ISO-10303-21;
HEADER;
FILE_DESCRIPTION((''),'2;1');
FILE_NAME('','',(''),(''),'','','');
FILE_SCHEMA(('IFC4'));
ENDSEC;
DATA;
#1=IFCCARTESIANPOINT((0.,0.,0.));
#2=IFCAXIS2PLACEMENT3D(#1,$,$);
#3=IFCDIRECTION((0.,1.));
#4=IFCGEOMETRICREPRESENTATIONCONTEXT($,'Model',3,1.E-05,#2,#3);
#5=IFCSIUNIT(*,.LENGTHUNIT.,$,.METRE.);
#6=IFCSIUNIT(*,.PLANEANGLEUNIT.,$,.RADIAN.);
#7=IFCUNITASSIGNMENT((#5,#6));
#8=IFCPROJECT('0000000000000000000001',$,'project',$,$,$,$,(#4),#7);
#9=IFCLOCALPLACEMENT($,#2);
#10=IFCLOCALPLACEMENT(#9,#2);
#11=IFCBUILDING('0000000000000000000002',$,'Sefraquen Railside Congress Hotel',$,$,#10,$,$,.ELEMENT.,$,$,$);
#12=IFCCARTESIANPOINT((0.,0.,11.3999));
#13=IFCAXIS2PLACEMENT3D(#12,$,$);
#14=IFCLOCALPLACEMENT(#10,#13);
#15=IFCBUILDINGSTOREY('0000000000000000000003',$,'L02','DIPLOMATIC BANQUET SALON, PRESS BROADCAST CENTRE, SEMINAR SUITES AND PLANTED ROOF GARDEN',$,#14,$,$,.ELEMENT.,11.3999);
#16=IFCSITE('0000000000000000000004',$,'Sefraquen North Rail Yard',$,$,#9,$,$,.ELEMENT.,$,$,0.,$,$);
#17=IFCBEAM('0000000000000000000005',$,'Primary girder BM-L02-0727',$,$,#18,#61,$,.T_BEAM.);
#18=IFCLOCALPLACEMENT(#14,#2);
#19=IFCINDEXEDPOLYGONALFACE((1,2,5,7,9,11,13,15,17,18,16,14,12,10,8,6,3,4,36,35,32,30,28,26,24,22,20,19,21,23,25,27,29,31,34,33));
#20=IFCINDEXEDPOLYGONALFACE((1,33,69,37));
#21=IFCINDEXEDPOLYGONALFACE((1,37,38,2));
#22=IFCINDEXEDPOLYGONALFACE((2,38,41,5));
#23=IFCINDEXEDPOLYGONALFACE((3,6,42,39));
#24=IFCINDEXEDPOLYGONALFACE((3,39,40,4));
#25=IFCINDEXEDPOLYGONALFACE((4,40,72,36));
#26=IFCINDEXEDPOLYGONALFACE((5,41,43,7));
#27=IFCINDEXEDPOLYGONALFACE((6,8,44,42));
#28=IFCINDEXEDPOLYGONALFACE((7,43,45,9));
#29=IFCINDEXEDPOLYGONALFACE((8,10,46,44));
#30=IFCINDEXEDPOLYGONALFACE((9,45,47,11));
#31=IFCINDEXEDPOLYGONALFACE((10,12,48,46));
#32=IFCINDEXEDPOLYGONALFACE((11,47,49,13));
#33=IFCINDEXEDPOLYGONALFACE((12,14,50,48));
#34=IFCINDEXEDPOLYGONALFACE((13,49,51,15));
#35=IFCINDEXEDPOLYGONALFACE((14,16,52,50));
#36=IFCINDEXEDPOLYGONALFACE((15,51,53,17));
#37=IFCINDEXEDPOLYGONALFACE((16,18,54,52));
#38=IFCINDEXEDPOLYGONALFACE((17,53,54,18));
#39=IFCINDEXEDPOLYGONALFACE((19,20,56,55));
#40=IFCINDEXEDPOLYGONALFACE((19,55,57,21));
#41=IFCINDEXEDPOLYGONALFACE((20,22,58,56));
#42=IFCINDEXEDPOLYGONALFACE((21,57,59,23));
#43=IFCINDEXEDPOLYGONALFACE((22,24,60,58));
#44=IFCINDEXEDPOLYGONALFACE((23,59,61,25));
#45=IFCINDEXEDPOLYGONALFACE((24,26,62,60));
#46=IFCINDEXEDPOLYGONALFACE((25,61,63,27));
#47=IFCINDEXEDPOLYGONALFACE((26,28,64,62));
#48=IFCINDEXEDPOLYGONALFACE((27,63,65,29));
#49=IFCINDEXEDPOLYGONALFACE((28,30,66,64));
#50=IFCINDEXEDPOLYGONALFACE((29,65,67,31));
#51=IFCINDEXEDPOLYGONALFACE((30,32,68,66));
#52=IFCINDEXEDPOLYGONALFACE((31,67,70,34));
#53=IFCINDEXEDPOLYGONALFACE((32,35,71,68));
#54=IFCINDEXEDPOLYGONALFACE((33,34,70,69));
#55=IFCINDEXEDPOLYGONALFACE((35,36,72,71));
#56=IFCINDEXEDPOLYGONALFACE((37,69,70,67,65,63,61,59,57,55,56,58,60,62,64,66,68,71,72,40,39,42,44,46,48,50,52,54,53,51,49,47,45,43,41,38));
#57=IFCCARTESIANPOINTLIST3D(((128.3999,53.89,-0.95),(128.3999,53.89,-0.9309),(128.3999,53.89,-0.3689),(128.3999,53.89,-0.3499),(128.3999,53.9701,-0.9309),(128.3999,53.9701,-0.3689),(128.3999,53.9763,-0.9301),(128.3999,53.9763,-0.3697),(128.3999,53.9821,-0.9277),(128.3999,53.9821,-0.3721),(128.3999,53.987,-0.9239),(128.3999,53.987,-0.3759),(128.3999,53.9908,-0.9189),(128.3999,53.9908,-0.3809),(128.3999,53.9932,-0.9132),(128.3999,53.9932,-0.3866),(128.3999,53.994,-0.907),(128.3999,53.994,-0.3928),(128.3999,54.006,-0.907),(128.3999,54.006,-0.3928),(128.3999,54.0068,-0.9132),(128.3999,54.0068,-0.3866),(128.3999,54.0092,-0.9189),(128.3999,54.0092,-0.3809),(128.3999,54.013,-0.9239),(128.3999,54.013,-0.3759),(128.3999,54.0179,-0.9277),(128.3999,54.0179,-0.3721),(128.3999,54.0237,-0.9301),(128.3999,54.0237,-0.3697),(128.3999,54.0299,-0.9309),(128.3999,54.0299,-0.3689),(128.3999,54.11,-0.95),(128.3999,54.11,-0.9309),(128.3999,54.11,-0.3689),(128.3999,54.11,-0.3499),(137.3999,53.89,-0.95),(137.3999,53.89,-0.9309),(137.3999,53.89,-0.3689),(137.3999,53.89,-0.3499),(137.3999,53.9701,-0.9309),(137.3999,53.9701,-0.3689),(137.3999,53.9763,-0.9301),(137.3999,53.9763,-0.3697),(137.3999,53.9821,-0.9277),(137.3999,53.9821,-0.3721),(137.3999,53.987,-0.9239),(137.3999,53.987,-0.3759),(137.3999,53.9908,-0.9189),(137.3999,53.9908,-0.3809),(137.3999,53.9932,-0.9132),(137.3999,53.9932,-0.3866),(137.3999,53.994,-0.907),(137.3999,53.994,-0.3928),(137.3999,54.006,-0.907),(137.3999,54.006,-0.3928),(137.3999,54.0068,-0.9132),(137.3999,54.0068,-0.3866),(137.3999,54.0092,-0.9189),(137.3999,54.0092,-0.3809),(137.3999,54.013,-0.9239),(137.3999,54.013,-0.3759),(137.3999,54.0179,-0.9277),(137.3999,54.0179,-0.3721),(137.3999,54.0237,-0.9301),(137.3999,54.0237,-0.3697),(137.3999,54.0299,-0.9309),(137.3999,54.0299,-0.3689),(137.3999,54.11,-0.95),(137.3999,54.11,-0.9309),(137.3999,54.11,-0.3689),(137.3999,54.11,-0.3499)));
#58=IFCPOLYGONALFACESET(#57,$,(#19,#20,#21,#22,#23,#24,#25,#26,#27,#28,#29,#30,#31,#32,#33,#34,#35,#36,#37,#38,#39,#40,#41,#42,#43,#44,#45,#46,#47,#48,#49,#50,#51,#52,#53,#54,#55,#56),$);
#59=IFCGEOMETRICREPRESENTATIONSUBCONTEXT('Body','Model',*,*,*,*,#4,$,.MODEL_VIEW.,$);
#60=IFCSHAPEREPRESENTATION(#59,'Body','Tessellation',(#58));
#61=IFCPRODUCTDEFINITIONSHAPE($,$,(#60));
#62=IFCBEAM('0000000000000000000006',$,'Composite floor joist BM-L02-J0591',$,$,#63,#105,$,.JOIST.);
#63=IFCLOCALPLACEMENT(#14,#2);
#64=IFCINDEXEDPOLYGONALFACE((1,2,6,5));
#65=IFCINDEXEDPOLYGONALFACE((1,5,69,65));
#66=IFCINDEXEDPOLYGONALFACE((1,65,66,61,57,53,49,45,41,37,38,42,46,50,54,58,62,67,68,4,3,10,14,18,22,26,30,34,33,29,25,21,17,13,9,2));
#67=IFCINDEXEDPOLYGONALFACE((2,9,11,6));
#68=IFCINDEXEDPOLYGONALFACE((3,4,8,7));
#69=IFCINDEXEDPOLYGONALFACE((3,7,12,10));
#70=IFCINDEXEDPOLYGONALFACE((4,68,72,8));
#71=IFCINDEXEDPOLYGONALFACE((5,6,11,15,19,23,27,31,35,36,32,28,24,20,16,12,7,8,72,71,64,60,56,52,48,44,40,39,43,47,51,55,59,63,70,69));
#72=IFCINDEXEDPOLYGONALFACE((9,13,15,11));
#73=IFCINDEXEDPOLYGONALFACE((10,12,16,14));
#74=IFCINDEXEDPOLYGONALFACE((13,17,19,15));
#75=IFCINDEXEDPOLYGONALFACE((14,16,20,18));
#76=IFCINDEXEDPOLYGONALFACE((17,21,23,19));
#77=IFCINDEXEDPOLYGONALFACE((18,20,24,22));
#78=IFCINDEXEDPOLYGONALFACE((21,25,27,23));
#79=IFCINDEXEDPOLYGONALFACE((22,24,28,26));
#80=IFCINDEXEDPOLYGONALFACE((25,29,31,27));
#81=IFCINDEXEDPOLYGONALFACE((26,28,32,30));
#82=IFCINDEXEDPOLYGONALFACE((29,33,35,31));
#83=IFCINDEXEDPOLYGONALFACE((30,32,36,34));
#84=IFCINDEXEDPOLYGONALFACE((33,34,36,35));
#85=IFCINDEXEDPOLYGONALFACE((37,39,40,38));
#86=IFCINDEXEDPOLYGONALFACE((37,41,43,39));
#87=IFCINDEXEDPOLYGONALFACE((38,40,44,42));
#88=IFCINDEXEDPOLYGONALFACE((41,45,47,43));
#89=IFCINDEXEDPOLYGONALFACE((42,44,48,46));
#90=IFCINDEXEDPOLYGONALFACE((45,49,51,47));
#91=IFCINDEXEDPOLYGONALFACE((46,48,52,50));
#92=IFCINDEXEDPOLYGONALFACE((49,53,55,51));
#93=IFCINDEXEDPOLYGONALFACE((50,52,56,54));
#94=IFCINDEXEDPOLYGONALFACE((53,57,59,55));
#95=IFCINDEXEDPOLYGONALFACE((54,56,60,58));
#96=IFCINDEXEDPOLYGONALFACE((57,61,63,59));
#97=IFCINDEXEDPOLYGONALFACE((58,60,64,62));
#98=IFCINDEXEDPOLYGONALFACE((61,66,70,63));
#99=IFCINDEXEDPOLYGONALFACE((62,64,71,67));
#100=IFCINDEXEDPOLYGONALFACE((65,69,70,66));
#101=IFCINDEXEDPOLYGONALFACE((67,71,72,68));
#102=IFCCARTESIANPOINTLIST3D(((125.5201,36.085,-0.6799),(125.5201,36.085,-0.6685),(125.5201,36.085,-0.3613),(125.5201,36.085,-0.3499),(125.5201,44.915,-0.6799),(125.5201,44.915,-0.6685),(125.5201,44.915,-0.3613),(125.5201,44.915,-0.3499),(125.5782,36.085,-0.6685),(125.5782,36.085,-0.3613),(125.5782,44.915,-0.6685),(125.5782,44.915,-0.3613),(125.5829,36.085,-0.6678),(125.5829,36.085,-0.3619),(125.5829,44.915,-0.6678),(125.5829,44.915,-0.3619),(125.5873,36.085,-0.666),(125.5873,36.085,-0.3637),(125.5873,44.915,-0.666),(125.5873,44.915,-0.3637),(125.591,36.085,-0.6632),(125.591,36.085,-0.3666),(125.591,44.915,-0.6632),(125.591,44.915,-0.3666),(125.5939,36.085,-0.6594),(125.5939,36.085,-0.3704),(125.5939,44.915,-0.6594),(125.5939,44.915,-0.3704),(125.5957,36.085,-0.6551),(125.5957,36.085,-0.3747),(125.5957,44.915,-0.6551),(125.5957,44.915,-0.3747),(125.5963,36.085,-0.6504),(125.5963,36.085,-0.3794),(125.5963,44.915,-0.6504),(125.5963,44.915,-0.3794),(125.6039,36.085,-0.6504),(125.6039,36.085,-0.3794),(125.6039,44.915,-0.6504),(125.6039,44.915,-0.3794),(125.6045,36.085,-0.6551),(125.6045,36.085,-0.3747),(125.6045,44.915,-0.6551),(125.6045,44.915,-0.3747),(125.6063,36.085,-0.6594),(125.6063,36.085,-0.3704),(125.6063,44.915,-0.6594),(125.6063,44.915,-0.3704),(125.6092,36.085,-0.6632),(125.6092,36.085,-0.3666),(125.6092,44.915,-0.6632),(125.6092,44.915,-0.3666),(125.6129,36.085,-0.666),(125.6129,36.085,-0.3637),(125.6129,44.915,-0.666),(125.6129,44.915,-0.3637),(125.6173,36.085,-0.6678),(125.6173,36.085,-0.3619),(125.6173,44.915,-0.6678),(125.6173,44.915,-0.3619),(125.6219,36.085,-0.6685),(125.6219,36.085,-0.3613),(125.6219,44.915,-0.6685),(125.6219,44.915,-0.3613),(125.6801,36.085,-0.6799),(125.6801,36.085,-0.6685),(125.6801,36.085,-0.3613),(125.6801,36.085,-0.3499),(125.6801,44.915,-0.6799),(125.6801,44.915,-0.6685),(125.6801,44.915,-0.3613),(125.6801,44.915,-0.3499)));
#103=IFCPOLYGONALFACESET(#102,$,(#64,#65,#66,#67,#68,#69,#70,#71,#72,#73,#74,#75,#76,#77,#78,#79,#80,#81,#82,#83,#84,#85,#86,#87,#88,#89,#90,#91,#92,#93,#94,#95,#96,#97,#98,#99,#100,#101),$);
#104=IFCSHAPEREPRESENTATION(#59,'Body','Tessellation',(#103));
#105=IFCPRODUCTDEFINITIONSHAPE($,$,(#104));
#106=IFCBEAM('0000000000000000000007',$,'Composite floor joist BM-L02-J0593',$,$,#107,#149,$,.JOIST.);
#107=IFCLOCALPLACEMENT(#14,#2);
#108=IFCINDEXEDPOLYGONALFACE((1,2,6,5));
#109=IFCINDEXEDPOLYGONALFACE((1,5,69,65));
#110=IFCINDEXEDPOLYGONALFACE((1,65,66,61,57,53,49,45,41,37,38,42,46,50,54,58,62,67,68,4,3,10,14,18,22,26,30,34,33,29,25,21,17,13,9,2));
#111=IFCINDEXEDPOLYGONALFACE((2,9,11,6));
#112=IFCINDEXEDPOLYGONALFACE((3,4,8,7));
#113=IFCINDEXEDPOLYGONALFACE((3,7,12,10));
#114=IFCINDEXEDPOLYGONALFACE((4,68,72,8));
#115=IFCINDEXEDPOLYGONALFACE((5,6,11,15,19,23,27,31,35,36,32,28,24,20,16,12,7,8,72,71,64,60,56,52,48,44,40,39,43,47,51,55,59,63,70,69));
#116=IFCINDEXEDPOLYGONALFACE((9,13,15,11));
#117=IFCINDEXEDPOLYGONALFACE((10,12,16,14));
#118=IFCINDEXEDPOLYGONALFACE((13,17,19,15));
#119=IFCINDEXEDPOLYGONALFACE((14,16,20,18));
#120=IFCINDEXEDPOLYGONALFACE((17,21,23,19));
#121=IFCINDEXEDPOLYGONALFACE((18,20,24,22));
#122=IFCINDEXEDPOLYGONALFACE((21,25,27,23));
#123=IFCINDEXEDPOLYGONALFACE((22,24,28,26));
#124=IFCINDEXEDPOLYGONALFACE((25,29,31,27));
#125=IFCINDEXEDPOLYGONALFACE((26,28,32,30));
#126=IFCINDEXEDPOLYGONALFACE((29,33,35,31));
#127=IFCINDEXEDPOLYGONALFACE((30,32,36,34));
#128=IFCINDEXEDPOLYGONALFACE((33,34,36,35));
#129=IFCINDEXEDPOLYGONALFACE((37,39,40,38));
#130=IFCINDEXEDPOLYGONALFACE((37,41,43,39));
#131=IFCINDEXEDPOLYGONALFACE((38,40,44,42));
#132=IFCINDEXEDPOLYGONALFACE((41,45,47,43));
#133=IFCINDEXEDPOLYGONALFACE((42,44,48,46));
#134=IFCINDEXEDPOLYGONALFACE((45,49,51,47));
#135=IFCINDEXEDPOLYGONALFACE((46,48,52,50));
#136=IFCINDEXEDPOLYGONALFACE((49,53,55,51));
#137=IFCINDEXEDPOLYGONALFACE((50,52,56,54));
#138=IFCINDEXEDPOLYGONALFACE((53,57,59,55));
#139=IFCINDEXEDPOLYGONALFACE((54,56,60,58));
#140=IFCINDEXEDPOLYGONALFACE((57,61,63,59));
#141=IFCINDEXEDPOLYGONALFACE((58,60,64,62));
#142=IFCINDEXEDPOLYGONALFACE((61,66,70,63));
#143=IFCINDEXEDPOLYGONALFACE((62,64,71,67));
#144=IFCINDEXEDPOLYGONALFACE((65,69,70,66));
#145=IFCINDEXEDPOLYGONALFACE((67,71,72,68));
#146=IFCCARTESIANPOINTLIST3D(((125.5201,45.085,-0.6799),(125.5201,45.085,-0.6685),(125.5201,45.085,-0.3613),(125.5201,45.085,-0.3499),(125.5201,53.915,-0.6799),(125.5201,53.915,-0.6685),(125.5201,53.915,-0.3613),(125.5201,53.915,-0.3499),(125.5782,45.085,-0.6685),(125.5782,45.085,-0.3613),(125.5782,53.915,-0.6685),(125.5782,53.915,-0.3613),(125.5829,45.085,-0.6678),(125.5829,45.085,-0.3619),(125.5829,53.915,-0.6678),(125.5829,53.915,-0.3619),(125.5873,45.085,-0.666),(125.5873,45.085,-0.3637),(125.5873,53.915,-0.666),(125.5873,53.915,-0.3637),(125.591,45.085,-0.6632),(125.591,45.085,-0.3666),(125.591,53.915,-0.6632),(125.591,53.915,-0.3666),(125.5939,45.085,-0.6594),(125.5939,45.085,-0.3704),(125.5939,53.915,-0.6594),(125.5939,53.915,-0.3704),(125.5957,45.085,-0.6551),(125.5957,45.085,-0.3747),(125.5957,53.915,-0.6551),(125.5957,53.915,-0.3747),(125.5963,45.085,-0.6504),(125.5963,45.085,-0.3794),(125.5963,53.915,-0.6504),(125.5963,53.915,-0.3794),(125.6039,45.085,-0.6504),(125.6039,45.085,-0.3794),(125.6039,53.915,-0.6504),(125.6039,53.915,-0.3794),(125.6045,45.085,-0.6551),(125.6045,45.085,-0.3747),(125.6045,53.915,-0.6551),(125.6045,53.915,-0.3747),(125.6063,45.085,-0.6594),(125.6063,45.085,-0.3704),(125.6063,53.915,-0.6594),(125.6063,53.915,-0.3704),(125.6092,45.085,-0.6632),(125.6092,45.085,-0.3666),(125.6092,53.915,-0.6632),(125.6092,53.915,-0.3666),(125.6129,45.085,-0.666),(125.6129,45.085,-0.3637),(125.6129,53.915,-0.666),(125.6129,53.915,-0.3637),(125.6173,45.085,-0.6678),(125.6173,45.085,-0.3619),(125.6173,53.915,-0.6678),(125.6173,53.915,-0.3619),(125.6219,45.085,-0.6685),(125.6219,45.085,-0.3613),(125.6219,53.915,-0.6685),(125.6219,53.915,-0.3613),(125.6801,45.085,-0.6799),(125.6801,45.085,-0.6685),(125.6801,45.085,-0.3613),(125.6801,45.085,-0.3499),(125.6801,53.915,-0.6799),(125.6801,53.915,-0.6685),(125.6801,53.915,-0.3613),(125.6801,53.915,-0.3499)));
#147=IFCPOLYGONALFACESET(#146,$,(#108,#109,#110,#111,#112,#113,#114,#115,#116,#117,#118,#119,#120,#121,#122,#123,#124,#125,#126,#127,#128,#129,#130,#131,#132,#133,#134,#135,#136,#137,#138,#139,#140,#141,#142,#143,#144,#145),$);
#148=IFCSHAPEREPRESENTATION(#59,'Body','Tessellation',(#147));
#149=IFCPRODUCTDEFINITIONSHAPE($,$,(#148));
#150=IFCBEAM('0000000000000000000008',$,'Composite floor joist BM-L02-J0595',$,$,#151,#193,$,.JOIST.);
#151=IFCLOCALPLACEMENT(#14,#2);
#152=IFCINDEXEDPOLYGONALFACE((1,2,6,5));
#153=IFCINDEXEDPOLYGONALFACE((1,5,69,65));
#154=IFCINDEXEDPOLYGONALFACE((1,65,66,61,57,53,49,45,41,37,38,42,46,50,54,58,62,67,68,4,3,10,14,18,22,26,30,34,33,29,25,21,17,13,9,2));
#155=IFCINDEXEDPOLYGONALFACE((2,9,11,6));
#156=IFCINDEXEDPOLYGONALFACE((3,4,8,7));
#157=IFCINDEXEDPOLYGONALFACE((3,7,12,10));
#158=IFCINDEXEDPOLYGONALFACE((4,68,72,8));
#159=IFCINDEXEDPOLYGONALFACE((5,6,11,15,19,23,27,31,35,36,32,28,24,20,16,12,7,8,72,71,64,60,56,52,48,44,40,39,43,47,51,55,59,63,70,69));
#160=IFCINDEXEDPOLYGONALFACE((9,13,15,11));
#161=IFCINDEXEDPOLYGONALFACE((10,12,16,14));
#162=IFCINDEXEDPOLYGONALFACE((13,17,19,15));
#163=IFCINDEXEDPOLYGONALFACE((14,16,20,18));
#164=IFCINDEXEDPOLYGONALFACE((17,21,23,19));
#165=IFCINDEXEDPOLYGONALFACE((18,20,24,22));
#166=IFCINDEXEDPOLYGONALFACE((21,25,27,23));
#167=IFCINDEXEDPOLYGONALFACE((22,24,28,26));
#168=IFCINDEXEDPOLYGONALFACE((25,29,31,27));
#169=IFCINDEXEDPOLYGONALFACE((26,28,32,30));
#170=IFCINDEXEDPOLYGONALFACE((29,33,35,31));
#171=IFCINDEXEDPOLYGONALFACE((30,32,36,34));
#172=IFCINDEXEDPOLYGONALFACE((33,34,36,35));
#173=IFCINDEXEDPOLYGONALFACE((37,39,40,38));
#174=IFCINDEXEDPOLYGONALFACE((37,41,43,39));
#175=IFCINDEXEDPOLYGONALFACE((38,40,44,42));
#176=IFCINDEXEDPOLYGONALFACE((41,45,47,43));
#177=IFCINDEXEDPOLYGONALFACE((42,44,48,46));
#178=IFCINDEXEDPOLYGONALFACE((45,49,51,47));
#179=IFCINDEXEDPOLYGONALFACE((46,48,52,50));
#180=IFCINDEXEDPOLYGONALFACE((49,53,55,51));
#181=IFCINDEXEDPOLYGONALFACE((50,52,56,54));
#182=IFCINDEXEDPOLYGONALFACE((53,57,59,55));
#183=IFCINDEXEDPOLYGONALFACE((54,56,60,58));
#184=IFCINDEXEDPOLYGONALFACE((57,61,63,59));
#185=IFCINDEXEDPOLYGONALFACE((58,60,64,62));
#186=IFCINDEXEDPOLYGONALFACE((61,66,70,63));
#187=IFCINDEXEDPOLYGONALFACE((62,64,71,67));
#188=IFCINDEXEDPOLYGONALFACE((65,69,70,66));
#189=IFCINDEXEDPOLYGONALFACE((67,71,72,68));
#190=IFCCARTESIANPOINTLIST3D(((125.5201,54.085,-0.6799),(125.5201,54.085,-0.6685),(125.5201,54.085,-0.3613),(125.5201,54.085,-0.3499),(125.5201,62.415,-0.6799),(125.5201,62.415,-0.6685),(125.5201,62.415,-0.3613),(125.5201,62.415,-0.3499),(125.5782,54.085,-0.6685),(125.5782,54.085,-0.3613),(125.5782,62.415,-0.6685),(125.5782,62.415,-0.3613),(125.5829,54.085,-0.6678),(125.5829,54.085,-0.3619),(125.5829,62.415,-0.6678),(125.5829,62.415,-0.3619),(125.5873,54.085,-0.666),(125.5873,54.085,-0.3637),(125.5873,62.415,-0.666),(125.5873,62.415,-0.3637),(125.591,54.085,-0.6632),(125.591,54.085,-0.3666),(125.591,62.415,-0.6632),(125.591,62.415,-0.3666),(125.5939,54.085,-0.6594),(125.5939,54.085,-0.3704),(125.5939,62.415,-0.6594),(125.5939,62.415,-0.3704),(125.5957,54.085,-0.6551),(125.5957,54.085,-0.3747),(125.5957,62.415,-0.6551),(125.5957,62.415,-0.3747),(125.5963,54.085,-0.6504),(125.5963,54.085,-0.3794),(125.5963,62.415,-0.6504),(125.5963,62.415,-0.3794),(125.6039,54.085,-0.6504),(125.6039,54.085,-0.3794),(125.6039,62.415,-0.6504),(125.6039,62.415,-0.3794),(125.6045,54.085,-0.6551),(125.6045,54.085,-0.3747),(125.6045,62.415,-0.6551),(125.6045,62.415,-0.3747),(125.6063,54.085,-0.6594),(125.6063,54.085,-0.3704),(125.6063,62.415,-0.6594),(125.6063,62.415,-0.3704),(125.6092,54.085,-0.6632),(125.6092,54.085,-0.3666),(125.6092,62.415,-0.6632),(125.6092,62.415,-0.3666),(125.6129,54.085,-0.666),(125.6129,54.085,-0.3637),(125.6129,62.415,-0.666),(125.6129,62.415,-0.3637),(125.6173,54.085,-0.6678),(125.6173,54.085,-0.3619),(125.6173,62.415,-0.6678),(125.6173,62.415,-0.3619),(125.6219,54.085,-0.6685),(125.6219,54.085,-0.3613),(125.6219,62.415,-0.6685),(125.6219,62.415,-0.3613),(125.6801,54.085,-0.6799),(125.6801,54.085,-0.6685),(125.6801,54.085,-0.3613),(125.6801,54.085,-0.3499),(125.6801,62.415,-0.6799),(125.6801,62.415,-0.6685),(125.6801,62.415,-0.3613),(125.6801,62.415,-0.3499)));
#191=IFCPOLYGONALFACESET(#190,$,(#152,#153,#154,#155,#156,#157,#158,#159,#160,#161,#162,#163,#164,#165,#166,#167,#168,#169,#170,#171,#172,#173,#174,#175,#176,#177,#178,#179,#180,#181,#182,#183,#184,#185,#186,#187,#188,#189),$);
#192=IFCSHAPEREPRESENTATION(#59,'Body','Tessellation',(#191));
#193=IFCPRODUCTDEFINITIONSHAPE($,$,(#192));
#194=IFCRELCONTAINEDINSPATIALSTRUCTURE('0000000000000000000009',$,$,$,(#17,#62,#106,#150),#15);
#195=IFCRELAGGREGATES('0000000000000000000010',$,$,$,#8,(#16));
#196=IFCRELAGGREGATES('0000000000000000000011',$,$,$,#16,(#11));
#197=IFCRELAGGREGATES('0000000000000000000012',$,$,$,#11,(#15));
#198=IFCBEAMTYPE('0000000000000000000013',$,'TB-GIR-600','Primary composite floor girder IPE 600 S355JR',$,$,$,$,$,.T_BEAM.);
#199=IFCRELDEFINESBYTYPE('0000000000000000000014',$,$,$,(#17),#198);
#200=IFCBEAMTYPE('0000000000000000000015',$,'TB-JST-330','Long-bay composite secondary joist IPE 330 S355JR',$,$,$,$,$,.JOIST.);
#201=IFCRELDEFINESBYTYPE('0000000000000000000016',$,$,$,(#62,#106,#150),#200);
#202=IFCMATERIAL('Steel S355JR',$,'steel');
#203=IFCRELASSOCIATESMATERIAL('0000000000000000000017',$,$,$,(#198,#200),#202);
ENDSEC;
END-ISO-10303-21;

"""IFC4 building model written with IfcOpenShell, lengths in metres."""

from ifc_helpers import new_model, si_unit, direction, frame, origin, origin_2d, place, context, subcontext, project, spatial, i_section, extrude, material, material_profile, profile_set, type_object, element, save


model = new_model("IFC4")

# Units and contexts
model_context = context("Model", 3, precision=1e-05, world=origin(), true_north=direction((0.0, 1.0)))
body_context = subcontext(model_context, "Body", "Model", "MODEL_VIEW")
ifc_project = project(units=[si_unit("LENGTHUNIT", "METRE"), si_unit("PLANEANGLEUNIT", "RADIAN")], contexts=[model_context])

# Site, building, storey
site_placement = place(None, origin())
site = spatial("IfcSite", under=ifc_project, at=site_placement, Name="Sefraquen North Rail Yard", CompositionType="ELEMENT", RefElevation=0.0)
building_placement = place(site_placement, origin())
building = spatial("IfcBuilding", under=site, at=building_placement, Name="Sefraquen Railside Congress Hotel", CompositionType="ELEMENT")
storey_placement = place(building_placement, frame((0.0, 0.0, 11.3999)))
storey = spatial("IfcBuildingStorey", under=building, at=storey_placement, Name="L02", Description="DIPLOMATIC BANQUET SALON, PRESS BROADCAST CENTRE, SEMINAR SUITES AND PLANTED ROOF GARDEN", CompositionType="ELEMENT", Elevation=11.3999)

# Shared definitions
ifc_material_1 = material(Name="Steel S355JR", Category="steel")

# Beams
ifc_material_profile_1 = material_profile(ifc_material_1, i_section(OverallWidth=0.22, OverallDepth=0.6001, WebThickness=0.012, FlangeThickness=0.019, FilletRadius=0.0239, at=origin_2d()), Name="IPE 600")
ifc_profile_set_1 = profile_set([ifc_material_profile_1], Name="Steel S355JR")
beam_type_1 = type_object("IfcBeamType", Name="TB-GIR-600", Description="Primary composite floor girder IPE 600 S355JR", PredefinedType="T_BEAM", material=ifc_profile_set_1)
for number, where, z_axis, x_axis, name in (
    (1, (128.3999, 54.0, -0.6499), (1.0, 0.0, 0.0), (0.0, 1.0, 0.0), "Primary girder BM-L02-0727"),
):
    element("IfcBeam", number, at=place(storey_placement, frame(where, z_axis=z_axis, x_axis=x_axis)), inside=storey, type_object=beam_type_1, Name=name, PredefinedType="T_BEAM", context=body_context, shape_type="SweptSolid", body=[
        extrude(i_section(OverallWidth=0.22, OverallDepth=0.6001, WebThickness=0.012, FlangeThickness=0.019, FilletRadius=0.0239, at=origin_2d()), origin(), (0.0, 0.0, 1.0), 9.0),
    ])
ifc_material_profile_2 = material_profile(ifc_material_1, i_section(OverallWidth=0.1599, OverallDepth=0.3301, WebThickness=0.0076, FlangeThickness=0.0115, FilletRadius=0.0181, at=origin_2d()), Name="IPE 330")
ifc_profile_set_2 = profile_set([ifc_material_profile_2], Name="Steel S355JR")
beam_type_2 = type_object("IfcBeamType", Name="TB-JST-330", Description="Long-bay composite secondary joist IPE 330 S355JR", PredefinedType="JOIST", material=ifc_profile_set_2)
for number, where, z_axis, x_axis, name in (
    (2, (125.6001, 36.085, -0.5149), (0.0, 1.0, 0.0), (-1.0, 0.0, 0.0), "Composite floor joist BM-L02-J0591"),
    (3, (125.6001, 45.085, -0.5149), (0.0, 1.0, 0.0), (-1.0, 0.0, 0.0), "Composite floor joist BM-L02-J0593"),
):
    element("IfcBeam", number, at=place(storey_placement, frame(where, z_axis=z_axis, x_axis=x_axis)), inside=storey, type_object=beam_type_2, Name=name, PredefinedType="JOIST", context=body_context, shape_type="SweptSolid", body=[
        extrude(i_section(OverallWidth=0.1599, OverallDepth=0.3301, WebThickness=0.0076, FlangeThickness=0.0115, FilletRadius=0.0181, at=origin_2d()), origin(), (0.0, 0.0, 1.0), 8.8301),
    ])
beam_1_placement = place(storey_placement, frame((125.6001, 54.085, -0.5149), z_axis=(0.0, 1.0, 0.0), x_axis=(-1.0, 0.0, 0.0)))
element("IfcBeam", 4, at=beam_1_placement, inside=storey, type_object=beam_type_2, Name="Composite floor joist BM-L02-J0595", PredefinedType="JOIST", context=body_context, shape_type="SweptSolid", body=[
    extrude(i_section(OverallWidth=0.1599, OverallDepth=0.3301, WebThickness=0.0076, FlangeThickness=0.0115, FilletRadius=0.0181, at=origin_2d()), origin(), (0.0, 0.0, 1.0), 8.3301),
])

save(model, "model.ifc")
